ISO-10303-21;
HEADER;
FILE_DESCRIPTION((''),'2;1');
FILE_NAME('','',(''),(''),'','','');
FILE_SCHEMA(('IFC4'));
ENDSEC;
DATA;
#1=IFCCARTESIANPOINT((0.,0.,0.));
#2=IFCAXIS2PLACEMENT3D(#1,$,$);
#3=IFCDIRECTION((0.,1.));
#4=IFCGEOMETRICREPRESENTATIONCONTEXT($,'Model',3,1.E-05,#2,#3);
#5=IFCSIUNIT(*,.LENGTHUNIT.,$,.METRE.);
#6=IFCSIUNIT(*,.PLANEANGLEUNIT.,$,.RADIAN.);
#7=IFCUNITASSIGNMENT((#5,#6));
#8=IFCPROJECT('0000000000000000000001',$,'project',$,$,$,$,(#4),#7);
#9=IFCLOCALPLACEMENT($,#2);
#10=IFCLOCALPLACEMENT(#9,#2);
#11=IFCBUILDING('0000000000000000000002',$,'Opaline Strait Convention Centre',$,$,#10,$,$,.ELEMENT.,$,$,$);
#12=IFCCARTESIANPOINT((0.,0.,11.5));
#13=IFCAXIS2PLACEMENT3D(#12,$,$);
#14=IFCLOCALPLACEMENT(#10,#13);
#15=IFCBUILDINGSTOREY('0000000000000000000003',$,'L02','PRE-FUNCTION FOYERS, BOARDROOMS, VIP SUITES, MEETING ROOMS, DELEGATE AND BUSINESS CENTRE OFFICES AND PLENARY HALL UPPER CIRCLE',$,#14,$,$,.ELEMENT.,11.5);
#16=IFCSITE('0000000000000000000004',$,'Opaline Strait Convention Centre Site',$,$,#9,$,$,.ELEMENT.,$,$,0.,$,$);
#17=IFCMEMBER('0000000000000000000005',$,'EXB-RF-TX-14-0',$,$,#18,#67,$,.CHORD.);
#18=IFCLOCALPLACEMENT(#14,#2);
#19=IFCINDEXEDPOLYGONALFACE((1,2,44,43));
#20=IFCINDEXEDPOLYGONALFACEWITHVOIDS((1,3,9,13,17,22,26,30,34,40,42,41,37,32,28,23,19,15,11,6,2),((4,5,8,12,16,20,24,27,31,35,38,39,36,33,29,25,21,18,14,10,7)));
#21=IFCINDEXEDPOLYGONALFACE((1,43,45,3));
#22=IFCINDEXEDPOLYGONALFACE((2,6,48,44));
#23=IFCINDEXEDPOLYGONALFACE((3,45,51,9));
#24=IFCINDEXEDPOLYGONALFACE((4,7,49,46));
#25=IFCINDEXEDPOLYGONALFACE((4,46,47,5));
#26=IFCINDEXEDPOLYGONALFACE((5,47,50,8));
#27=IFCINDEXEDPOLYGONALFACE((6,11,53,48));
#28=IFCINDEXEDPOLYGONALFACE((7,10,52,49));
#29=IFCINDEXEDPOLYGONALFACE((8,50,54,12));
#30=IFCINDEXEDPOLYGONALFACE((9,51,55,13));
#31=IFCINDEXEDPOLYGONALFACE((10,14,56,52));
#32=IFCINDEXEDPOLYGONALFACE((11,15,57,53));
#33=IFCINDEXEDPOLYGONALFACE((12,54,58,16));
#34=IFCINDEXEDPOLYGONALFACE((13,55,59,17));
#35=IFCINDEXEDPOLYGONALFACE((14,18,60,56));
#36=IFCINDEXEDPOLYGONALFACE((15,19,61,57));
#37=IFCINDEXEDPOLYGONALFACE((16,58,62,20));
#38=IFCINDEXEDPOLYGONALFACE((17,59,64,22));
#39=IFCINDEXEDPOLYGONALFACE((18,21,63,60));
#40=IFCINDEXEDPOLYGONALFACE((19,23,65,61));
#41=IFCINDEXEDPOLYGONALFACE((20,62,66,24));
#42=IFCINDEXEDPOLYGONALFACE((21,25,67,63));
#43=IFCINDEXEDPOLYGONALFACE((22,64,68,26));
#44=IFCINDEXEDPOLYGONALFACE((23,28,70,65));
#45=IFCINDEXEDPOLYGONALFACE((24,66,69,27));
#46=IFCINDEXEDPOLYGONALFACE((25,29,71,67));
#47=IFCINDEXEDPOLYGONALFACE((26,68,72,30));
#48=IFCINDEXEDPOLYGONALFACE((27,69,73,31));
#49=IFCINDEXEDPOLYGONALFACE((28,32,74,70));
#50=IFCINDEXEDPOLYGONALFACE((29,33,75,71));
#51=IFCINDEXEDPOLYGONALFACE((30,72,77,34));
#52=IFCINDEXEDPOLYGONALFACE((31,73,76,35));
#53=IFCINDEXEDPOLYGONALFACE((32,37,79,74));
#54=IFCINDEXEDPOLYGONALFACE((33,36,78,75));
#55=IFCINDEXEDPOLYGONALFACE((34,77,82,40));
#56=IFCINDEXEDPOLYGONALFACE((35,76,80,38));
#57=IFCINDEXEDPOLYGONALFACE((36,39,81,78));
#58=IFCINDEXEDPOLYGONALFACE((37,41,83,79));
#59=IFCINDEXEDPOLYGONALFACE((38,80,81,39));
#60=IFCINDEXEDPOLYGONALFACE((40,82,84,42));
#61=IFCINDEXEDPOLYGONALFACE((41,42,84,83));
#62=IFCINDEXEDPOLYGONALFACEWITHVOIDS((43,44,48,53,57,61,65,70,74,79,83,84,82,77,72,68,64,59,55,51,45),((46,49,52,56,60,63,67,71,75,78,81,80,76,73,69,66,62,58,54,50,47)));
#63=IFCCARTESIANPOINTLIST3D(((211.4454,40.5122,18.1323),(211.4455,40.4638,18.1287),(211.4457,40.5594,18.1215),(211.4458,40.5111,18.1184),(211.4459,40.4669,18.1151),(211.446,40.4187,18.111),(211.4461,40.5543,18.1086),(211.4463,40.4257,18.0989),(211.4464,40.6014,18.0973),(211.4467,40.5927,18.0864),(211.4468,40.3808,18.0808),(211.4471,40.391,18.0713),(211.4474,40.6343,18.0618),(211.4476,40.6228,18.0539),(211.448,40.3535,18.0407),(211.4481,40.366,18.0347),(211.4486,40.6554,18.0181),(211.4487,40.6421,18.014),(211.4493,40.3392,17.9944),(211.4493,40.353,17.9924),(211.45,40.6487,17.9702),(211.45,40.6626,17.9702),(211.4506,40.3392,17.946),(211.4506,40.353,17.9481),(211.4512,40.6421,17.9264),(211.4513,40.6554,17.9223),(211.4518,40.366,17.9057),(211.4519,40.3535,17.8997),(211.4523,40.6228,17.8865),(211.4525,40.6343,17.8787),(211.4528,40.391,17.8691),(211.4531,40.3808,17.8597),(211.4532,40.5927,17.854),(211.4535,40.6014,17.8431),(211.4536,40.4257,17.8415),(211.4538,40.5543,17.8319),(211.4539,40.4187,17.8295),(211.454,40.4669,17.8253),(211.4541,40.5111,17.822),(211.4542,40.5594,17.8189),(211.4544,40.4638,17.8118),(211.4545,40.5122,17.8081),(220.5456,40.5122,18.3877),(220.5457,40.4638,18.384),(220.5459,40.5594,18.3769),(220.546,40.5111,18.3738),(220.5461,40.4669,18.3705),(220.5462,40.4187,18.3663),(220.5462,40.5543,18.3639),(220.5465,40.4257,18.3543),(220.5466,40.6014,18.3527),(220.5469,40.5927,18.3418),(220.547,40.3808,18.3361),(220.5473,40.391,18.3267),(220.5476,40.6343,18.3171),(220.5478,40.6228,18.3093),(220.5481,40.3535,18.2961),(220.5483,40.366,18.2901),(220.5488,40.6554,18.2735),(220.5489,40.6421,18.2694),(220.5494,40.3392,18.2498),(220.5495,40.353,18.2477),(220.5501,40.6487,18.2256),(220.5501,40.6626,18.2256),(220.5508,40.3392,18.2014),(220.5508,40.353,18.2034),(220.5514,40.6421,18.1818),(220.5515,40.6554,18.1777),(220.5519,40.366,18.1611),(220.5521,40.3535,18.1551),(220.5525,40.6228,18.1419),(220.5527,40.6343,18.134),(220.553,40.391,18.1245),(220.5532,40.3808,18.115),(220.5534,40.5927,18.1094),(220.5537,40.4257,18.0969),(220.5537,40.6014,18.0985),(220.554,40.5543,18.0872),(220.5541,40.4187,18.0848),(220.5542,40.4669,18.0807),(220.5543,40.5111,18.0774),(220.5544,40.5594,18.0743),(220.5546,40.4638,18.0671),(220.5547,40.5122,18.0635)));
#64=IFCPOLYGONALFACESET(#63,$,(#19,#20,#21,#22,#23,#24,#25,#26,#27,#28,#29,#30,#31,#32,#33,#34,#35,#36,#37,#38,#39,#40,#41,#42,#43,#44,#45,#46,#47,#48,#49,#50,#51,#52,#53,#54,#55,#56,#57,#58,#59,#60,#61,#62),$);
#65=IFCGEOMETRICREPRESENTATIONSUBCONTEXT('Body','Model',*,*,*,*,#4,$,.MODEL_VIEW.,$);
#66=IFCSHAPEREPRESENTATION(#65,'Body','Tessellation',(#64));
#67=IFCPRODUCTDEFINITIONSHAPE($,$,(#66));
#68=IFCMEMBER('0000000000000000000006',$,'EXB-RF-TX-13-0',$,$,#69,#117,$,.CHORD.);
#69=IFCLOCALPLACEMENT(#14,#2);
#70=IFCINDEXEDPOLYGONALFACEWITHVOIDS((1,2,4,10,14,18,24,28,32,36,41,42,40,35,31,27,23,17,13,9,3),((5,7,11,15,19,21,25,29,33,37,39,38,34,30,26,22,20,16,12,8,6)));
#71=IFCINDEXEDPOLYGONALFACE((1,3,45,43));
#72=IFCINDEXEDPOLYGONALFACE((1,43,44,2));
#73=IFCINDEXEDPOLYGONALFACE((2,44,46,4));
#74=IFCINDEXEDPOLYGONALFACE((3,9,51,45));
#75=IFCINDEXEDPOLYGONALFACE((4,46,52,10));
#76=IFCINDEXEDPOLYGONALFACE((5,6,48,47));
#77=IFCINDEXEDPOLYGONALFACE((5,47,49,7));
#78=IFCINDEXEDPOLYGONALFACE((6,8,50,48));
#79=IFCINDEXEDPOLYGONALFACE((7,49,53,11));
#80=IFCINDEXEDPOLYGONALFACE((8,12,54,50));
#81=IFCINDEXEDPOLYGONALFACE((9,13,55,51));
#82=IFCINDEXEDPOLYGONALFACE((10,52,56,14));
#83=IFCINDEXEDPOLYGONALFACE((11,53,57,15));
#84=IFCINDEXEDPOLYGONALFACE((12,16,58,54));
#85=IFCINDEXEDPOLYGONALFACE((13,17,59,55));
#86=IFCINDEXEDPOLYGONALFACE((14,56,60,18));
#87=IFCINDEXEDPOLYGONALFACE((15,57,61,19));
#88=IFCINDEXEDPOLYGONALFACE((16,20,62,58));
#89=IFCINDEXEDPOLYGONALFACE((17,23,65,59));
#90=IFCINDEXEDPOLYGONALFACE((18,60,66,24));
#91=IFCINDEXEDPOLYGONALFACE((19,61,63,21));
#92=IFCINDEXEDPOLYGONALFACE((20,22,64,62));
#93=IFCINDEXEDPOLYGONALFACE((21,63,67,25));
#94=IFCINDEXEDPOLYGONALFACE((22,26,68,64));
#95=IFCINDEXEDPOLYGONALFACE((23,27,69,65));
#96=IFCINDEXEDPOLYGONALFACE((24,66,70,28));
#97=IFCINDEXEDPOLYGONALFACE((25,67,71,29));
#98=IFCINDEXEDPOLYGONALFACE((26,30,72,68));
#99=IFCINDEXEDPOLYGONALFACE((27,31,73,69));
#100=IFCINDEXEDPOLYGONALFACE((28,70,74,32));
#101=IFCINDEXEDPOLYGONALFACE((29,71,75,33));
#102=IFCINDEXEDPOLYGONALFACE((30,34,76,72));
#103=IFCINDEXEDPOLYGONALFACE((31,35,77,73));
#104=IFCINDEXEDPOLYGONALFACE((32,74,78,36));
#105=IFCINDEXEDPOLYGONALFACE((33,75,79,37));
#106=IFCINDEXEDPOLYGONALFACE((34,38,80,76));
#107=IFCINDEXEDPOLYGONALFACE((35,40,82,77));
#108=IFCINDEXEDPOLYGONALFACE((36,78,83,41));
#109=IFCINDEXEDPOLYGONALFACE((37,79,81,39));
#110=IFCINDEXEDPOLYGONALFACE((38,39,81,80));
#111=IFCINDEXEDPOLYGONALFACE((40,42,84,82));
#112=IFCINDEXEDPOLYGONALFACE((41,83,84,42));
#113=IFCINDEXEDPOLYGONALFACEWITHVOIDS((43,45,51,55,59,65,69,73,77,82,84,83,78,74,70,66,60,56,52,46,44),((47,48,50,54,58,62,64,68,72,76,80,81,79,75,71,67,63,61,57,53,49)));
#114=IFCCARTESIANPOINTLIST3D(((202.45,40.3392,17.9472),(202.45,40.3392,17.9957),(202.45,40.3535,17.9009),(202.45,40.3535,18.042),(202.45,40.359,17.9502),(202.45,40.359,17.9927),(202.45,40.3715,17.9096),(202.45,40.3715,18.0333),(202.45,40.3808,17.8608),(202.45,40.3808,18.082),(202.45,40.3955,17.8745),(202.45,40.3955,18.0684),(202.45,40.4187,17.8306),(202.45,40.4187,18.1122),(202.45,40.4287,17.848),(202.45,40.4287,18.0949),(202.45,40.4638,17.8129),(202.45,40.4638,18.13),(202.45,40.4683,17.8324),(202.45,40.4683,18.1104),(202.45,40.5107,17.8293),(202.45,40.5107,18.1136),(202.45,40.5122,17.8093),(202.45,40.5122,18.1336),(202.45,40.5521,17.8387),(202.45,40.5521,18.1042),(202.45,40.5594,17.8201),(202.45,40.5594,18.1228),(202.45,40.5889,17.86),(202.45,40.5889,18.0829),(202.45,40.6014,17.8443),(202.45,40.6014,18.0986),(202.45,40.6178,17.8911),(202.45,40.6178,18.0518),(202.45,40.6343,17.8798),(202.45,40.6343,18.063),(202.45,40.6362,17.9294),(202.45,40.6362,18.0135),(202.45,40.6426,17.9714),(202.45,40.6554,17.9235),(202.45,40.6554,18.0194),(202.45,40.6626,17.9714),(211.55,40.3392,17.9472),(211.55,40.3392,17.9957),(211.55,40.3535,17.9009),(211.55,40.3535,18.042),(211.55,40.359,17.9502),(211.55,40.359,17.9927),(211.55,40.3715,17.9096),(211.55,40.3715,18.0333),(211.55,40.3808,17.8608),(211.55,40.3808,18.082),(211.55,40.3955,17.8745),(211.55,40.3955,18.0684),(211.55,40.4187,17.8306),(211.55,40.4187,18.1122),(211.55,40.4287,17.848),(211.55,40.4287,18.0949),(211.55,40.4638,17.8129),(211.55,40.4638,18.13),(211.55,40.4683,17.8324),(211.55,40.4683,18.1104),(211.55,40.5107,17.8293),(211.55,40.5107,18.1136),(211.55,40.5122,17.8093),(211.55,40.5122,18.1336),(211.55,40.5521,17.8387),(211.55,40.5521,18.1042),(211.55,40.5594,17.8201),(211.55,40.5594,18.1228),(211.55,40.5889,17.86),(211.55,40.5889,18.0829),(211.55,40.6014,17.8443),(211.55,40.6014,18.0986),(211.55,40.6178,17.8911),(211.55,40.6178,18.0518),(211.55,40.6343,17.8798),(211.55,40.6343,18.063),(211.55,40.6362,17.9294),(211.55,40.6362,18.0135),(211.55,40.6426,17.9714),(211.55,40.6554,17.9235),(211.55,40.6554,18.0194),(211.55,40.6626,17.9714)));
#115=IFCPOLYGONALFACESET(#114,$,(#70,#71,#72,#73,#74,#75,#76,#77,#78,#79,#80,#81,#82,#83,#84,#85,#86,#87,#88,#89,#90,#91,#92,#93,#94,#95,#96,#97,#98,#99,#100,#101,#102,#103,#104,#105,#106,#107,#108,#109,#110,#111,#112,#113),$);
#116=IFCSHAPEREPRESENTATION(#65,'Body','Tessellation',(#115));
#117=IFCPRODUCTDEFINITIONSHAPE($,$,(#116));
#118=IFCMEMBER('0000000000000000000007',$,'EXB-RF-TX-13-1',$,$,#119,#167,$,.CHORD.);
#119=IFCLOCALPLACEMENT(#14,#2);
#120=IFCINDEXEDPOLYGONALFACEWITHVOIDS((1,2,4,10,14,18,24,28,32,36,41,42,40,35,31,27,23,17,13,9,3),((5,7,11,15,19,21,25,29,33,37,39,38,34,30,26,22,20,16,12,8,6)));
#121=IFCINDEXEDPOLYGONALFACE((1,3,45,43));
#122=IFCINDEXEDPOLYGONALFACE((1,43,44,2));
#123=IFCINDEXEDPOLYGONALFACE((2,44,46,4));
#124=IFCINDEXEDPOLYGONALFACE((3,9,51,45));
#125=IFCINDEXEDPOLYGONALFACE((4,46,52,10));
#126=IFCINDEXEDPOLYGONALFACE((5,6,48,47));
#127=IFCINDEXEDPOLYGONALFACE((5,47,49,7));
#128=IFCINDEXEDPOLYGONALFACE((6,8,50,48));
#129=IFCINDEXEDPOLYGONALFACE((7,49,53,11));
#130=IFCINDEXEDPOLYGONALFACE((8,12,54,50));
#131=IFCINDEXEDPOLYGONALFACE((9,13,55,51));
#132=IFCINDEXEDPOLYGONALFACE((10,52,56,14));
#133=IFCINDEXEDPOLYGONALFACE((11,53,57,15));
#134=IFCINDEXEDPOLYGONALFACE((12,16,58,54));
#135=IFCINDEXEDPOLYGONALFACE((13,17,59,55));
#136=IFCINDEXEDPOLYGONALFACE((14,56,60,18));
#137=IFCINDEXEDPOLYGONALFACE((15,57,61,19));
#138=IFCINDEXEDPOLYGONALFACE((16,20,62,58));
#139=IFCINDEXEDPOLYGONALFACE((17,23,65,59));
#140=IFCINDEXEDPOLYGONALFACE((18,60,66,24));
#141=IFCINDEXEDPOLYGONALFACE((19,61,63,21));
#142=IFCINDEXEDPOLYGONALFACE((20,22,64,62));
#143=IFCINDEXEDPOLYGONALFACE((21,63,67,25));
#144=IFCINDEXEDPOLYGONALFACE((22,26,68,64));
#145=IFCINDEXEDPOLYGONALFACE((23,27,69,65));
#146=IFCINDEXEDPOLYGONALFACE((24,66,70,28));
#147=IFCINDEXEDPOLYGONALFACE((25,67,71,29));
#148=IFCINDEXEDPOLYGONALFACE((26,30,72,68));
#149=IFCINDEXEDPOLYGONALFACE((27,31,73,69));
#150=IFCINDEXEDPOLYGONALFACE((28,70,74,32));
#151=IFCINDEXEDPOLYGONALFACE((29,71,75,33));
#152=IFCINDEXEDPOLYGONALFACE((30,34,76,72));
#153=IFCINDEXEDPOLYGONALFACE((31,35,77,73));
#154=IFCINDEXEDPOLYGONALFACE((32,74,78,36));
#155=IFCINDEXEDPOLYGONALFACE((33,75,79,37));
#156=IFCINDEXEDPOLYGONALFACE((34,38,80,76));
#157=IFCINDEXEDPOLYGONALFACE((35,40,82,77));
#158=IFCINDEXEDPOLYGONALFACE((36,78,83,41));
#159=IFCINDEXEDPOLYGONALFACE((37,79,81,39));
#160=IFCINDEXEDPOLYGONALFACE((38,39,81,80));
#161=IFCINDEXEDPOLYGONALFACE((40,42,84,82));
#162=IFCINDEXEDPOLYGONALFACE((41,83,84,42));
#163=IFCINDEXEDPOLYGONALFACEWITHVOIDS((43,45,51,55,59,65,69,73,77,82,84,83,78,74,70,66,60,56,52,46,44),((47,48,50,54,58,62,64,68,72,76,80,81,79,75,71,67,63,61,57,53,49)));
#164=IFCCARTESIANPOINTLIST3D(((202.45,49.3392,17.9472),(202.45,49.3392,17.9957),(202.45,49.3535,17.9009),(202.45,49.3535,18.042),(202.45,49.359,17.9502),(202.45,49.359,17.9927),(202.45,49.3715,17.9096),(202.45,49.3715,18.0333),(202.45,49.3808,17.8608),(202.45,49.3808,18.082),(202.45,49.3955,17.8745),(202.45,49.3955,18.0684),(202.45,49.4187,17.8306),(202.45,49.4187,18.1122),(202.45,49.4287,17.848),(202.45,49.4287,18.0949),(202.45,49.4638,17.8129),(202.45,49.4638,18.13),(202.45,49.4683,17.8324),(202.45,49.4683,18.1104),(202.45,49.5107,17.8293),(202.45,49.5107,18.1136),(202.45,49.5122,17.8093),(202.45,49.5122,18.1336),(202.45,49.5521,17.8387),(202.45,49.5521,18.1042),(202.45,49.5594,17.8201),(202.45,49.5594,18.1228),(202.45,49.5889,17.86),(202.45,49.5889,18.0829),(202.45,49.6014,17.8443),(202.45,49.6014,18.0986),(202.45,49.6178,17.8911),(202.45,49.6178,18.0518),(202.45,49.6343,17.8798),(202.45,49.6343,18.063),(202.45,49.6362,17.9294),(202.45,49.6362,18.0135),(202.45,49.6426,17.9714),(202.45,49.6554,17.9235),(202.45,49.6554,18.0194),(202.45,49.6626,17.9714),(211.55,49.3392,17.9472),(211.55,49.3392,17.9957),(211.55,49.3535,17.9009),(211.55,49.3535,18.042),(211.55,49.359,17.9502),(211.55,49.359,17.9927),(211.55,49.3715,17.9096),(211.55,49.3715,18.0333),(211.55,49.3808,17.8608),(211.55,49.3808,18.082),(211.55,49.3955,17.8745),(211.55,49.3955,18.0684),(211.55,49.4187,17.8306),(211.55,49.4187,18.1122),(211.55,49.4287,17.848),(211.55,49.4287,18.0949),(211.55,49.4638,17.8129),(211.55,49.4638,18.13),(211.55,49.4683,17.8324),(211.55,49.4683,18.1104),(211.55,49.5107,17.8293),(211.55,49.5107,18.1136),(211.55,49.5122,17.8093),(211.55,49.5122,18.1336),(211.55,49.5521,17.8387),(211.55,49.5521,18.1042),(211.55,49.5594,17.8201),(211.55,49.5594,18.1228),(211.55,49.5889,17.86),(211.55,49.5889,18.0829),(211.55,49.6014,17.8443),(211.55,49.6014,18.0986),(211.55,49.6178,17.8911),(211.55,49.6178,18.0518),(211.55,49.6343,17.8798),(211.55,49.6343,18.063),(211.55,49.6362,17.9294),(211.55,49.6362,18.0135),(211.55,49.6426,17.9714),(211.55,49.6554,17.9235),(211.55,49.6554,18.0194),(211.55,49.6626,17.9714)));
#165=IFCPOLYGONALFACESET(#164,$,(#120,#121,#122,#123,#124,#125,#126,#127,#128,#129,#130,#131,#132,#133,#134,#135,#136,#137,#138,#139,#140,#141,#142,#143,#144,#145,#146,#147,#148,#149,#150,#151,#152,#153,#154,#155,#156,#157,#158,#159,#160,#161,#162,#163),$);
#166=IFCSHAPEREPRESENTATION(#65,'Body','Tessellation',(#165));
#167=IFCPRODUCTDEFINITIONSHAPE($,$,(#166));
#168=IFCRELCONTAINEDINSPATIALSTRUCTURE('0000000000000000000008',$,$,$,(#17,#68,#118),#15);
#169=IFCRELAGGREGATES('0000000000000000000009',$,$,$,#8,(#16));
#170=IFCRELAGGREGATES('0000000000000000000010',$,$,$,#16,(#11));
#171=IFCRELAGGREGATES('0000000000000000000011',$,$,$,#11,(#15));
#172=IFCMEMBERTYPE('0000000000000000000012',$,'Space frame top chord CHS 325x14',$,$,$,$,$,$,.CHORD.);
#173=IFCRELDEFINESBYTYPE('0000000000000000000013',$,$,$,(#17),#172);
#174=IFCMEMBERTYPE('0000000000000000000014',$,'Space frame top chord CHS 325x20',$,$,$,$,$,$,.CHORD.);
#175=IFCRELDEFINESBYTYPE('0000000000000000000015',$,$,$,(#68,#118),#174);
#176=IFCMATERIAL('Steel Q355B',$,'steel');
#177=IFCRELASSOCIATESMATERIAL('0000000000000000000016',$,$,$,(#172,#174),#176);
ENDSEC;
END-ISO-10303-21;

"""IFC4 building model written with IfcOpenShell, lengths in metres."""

from ifc_helpers import new_model, si_unit, direction, frame, origin, origin_2d, place, context, subcontext, project, spatial, hollow_circle, extrude, material, material_profile, profile_set, type_object, element, save


model = new_model("IFC4")

# Units and contexts
model_context = context("Model", 3, precision=1e-05, world=origin(), true_north=direction((0.0, 1.0)))
body_context = subcontext(model_context, "Body", "Model", "MODEL_VIEW")
ifc_project = project(units=[si_unit("LENGTHUNIT", "METRE"), si_unit("PLANEANGLEUNIT", "RADIAN")], contexts=[model_context])

# Site, building, storey
site_placement = place(None, origin())
site = spatial("IfcSite", under=ifc_project, at=site_placement, Name="Opaline Strait Convention Centre Site", CompositionType="ELEMENT", RefElevation=0.0)
building_placement = place(site_placement, origin())
building = spatial("IfcBuilding", under=site, at=building_placement, Name="Opaline Strait Convention Centre", CompositionType="ELEMENT")
storey_placement = place(building_placement, frame((0.0, 0.0, 11.5)))
storey = spatial("IfcBuildingStorey", under=building, at=storey_placement, Name="L02", Description="PRE-FUNCTION FOYERS, BOARDROOMS, VIP SUITES, MEETING ROOMS, DELEGATE AND BUSINESS CENTRE OFFICES AND PLENARY HALL UPPER CIRCLE", CompositionType="ELEMENT", Elevation=11.5)

# Members
ifc_material_1 = material(Name="Steel Q355B", Category="steel")
ifc_material_profile_1 = material_profile(ifc_material_1, hollow_circle(Radius=0.1626, WallThickness=0.0139, at=origin_2d()), Name="CHS 325x14")
ifc_profile_set_1 = profile_set([ifc_material_profile_1], Name="Steel Q355B")
member_type_1 = type_object("IfcMemberType", Name="Space frame top chord CHS 325x14", PredefinedType="CHORD", material=ifc_profile_set_1)
member_1_placement = place(storey_placement, frame((211.45, 40.5, 17.9702), z_axis=(0.999606, 0.0, 0.028051), x_axis=(0.0, 1.0, 0.0)))
element("IfcMember", 1, at=member_1_placement, inside=storey, type_object=member_type_1, Name="EXB-RF-TX-14-0", PredefinedType="CHORD", context=body_context, shape_type="SweptSolid", body=[
    extrude(hollow_circle(Radius=0.1626, WallThickness=0.0139, at=origin_2d()), origin(), (0.0, 0.0, 1.0), 9.1038),
])
ifc_material_profile_2 = material_profile(ifc_material_1, hollow_circle(Radius=0.1626, WallThickness=0.02, at=origin_2d()), Name="CHS 325x20")
ifc_profile_set_2 = profile_set([ifc_material_profile_2], Name="Steel Q355B")
member_type_2 = type_object("IfcMemberType", Name="Space frame top chord CHS 325x20", PredefinedType="CHORD", material=ifc_profile_set_2)
for number, where, z_axis, x_axis, name in (
    (2, (202.45, 40.5, 17.9714), (1.0, 0.0, 0.0), (0.0, 1.0, 0.0), "EXB-RF-TX-13-0"),
    (3, (202.45, 49.5, 17.9714), (1.0, 0.0, 0.0), (0.0, 1.0, 0.0), "EXB-RF-TX-13-1"),
):
    element("IfcMember", number, at=place(storey_placement, frame(where, z_axis=z_axis, x_axis=x_axis)), inside=storey, type_object=member_type_2, Name=name, PredefinedType="CHORD", context=body_context, shape_type="SweptSolid", body=[
        extrude(hollow_circle(Radius=0.1626, WallThickness=0.02, at=origin_2d()), origin(), (0.0, 0.0, 1.0), 9.1001),
    ])

save(model, "model.ifc")
